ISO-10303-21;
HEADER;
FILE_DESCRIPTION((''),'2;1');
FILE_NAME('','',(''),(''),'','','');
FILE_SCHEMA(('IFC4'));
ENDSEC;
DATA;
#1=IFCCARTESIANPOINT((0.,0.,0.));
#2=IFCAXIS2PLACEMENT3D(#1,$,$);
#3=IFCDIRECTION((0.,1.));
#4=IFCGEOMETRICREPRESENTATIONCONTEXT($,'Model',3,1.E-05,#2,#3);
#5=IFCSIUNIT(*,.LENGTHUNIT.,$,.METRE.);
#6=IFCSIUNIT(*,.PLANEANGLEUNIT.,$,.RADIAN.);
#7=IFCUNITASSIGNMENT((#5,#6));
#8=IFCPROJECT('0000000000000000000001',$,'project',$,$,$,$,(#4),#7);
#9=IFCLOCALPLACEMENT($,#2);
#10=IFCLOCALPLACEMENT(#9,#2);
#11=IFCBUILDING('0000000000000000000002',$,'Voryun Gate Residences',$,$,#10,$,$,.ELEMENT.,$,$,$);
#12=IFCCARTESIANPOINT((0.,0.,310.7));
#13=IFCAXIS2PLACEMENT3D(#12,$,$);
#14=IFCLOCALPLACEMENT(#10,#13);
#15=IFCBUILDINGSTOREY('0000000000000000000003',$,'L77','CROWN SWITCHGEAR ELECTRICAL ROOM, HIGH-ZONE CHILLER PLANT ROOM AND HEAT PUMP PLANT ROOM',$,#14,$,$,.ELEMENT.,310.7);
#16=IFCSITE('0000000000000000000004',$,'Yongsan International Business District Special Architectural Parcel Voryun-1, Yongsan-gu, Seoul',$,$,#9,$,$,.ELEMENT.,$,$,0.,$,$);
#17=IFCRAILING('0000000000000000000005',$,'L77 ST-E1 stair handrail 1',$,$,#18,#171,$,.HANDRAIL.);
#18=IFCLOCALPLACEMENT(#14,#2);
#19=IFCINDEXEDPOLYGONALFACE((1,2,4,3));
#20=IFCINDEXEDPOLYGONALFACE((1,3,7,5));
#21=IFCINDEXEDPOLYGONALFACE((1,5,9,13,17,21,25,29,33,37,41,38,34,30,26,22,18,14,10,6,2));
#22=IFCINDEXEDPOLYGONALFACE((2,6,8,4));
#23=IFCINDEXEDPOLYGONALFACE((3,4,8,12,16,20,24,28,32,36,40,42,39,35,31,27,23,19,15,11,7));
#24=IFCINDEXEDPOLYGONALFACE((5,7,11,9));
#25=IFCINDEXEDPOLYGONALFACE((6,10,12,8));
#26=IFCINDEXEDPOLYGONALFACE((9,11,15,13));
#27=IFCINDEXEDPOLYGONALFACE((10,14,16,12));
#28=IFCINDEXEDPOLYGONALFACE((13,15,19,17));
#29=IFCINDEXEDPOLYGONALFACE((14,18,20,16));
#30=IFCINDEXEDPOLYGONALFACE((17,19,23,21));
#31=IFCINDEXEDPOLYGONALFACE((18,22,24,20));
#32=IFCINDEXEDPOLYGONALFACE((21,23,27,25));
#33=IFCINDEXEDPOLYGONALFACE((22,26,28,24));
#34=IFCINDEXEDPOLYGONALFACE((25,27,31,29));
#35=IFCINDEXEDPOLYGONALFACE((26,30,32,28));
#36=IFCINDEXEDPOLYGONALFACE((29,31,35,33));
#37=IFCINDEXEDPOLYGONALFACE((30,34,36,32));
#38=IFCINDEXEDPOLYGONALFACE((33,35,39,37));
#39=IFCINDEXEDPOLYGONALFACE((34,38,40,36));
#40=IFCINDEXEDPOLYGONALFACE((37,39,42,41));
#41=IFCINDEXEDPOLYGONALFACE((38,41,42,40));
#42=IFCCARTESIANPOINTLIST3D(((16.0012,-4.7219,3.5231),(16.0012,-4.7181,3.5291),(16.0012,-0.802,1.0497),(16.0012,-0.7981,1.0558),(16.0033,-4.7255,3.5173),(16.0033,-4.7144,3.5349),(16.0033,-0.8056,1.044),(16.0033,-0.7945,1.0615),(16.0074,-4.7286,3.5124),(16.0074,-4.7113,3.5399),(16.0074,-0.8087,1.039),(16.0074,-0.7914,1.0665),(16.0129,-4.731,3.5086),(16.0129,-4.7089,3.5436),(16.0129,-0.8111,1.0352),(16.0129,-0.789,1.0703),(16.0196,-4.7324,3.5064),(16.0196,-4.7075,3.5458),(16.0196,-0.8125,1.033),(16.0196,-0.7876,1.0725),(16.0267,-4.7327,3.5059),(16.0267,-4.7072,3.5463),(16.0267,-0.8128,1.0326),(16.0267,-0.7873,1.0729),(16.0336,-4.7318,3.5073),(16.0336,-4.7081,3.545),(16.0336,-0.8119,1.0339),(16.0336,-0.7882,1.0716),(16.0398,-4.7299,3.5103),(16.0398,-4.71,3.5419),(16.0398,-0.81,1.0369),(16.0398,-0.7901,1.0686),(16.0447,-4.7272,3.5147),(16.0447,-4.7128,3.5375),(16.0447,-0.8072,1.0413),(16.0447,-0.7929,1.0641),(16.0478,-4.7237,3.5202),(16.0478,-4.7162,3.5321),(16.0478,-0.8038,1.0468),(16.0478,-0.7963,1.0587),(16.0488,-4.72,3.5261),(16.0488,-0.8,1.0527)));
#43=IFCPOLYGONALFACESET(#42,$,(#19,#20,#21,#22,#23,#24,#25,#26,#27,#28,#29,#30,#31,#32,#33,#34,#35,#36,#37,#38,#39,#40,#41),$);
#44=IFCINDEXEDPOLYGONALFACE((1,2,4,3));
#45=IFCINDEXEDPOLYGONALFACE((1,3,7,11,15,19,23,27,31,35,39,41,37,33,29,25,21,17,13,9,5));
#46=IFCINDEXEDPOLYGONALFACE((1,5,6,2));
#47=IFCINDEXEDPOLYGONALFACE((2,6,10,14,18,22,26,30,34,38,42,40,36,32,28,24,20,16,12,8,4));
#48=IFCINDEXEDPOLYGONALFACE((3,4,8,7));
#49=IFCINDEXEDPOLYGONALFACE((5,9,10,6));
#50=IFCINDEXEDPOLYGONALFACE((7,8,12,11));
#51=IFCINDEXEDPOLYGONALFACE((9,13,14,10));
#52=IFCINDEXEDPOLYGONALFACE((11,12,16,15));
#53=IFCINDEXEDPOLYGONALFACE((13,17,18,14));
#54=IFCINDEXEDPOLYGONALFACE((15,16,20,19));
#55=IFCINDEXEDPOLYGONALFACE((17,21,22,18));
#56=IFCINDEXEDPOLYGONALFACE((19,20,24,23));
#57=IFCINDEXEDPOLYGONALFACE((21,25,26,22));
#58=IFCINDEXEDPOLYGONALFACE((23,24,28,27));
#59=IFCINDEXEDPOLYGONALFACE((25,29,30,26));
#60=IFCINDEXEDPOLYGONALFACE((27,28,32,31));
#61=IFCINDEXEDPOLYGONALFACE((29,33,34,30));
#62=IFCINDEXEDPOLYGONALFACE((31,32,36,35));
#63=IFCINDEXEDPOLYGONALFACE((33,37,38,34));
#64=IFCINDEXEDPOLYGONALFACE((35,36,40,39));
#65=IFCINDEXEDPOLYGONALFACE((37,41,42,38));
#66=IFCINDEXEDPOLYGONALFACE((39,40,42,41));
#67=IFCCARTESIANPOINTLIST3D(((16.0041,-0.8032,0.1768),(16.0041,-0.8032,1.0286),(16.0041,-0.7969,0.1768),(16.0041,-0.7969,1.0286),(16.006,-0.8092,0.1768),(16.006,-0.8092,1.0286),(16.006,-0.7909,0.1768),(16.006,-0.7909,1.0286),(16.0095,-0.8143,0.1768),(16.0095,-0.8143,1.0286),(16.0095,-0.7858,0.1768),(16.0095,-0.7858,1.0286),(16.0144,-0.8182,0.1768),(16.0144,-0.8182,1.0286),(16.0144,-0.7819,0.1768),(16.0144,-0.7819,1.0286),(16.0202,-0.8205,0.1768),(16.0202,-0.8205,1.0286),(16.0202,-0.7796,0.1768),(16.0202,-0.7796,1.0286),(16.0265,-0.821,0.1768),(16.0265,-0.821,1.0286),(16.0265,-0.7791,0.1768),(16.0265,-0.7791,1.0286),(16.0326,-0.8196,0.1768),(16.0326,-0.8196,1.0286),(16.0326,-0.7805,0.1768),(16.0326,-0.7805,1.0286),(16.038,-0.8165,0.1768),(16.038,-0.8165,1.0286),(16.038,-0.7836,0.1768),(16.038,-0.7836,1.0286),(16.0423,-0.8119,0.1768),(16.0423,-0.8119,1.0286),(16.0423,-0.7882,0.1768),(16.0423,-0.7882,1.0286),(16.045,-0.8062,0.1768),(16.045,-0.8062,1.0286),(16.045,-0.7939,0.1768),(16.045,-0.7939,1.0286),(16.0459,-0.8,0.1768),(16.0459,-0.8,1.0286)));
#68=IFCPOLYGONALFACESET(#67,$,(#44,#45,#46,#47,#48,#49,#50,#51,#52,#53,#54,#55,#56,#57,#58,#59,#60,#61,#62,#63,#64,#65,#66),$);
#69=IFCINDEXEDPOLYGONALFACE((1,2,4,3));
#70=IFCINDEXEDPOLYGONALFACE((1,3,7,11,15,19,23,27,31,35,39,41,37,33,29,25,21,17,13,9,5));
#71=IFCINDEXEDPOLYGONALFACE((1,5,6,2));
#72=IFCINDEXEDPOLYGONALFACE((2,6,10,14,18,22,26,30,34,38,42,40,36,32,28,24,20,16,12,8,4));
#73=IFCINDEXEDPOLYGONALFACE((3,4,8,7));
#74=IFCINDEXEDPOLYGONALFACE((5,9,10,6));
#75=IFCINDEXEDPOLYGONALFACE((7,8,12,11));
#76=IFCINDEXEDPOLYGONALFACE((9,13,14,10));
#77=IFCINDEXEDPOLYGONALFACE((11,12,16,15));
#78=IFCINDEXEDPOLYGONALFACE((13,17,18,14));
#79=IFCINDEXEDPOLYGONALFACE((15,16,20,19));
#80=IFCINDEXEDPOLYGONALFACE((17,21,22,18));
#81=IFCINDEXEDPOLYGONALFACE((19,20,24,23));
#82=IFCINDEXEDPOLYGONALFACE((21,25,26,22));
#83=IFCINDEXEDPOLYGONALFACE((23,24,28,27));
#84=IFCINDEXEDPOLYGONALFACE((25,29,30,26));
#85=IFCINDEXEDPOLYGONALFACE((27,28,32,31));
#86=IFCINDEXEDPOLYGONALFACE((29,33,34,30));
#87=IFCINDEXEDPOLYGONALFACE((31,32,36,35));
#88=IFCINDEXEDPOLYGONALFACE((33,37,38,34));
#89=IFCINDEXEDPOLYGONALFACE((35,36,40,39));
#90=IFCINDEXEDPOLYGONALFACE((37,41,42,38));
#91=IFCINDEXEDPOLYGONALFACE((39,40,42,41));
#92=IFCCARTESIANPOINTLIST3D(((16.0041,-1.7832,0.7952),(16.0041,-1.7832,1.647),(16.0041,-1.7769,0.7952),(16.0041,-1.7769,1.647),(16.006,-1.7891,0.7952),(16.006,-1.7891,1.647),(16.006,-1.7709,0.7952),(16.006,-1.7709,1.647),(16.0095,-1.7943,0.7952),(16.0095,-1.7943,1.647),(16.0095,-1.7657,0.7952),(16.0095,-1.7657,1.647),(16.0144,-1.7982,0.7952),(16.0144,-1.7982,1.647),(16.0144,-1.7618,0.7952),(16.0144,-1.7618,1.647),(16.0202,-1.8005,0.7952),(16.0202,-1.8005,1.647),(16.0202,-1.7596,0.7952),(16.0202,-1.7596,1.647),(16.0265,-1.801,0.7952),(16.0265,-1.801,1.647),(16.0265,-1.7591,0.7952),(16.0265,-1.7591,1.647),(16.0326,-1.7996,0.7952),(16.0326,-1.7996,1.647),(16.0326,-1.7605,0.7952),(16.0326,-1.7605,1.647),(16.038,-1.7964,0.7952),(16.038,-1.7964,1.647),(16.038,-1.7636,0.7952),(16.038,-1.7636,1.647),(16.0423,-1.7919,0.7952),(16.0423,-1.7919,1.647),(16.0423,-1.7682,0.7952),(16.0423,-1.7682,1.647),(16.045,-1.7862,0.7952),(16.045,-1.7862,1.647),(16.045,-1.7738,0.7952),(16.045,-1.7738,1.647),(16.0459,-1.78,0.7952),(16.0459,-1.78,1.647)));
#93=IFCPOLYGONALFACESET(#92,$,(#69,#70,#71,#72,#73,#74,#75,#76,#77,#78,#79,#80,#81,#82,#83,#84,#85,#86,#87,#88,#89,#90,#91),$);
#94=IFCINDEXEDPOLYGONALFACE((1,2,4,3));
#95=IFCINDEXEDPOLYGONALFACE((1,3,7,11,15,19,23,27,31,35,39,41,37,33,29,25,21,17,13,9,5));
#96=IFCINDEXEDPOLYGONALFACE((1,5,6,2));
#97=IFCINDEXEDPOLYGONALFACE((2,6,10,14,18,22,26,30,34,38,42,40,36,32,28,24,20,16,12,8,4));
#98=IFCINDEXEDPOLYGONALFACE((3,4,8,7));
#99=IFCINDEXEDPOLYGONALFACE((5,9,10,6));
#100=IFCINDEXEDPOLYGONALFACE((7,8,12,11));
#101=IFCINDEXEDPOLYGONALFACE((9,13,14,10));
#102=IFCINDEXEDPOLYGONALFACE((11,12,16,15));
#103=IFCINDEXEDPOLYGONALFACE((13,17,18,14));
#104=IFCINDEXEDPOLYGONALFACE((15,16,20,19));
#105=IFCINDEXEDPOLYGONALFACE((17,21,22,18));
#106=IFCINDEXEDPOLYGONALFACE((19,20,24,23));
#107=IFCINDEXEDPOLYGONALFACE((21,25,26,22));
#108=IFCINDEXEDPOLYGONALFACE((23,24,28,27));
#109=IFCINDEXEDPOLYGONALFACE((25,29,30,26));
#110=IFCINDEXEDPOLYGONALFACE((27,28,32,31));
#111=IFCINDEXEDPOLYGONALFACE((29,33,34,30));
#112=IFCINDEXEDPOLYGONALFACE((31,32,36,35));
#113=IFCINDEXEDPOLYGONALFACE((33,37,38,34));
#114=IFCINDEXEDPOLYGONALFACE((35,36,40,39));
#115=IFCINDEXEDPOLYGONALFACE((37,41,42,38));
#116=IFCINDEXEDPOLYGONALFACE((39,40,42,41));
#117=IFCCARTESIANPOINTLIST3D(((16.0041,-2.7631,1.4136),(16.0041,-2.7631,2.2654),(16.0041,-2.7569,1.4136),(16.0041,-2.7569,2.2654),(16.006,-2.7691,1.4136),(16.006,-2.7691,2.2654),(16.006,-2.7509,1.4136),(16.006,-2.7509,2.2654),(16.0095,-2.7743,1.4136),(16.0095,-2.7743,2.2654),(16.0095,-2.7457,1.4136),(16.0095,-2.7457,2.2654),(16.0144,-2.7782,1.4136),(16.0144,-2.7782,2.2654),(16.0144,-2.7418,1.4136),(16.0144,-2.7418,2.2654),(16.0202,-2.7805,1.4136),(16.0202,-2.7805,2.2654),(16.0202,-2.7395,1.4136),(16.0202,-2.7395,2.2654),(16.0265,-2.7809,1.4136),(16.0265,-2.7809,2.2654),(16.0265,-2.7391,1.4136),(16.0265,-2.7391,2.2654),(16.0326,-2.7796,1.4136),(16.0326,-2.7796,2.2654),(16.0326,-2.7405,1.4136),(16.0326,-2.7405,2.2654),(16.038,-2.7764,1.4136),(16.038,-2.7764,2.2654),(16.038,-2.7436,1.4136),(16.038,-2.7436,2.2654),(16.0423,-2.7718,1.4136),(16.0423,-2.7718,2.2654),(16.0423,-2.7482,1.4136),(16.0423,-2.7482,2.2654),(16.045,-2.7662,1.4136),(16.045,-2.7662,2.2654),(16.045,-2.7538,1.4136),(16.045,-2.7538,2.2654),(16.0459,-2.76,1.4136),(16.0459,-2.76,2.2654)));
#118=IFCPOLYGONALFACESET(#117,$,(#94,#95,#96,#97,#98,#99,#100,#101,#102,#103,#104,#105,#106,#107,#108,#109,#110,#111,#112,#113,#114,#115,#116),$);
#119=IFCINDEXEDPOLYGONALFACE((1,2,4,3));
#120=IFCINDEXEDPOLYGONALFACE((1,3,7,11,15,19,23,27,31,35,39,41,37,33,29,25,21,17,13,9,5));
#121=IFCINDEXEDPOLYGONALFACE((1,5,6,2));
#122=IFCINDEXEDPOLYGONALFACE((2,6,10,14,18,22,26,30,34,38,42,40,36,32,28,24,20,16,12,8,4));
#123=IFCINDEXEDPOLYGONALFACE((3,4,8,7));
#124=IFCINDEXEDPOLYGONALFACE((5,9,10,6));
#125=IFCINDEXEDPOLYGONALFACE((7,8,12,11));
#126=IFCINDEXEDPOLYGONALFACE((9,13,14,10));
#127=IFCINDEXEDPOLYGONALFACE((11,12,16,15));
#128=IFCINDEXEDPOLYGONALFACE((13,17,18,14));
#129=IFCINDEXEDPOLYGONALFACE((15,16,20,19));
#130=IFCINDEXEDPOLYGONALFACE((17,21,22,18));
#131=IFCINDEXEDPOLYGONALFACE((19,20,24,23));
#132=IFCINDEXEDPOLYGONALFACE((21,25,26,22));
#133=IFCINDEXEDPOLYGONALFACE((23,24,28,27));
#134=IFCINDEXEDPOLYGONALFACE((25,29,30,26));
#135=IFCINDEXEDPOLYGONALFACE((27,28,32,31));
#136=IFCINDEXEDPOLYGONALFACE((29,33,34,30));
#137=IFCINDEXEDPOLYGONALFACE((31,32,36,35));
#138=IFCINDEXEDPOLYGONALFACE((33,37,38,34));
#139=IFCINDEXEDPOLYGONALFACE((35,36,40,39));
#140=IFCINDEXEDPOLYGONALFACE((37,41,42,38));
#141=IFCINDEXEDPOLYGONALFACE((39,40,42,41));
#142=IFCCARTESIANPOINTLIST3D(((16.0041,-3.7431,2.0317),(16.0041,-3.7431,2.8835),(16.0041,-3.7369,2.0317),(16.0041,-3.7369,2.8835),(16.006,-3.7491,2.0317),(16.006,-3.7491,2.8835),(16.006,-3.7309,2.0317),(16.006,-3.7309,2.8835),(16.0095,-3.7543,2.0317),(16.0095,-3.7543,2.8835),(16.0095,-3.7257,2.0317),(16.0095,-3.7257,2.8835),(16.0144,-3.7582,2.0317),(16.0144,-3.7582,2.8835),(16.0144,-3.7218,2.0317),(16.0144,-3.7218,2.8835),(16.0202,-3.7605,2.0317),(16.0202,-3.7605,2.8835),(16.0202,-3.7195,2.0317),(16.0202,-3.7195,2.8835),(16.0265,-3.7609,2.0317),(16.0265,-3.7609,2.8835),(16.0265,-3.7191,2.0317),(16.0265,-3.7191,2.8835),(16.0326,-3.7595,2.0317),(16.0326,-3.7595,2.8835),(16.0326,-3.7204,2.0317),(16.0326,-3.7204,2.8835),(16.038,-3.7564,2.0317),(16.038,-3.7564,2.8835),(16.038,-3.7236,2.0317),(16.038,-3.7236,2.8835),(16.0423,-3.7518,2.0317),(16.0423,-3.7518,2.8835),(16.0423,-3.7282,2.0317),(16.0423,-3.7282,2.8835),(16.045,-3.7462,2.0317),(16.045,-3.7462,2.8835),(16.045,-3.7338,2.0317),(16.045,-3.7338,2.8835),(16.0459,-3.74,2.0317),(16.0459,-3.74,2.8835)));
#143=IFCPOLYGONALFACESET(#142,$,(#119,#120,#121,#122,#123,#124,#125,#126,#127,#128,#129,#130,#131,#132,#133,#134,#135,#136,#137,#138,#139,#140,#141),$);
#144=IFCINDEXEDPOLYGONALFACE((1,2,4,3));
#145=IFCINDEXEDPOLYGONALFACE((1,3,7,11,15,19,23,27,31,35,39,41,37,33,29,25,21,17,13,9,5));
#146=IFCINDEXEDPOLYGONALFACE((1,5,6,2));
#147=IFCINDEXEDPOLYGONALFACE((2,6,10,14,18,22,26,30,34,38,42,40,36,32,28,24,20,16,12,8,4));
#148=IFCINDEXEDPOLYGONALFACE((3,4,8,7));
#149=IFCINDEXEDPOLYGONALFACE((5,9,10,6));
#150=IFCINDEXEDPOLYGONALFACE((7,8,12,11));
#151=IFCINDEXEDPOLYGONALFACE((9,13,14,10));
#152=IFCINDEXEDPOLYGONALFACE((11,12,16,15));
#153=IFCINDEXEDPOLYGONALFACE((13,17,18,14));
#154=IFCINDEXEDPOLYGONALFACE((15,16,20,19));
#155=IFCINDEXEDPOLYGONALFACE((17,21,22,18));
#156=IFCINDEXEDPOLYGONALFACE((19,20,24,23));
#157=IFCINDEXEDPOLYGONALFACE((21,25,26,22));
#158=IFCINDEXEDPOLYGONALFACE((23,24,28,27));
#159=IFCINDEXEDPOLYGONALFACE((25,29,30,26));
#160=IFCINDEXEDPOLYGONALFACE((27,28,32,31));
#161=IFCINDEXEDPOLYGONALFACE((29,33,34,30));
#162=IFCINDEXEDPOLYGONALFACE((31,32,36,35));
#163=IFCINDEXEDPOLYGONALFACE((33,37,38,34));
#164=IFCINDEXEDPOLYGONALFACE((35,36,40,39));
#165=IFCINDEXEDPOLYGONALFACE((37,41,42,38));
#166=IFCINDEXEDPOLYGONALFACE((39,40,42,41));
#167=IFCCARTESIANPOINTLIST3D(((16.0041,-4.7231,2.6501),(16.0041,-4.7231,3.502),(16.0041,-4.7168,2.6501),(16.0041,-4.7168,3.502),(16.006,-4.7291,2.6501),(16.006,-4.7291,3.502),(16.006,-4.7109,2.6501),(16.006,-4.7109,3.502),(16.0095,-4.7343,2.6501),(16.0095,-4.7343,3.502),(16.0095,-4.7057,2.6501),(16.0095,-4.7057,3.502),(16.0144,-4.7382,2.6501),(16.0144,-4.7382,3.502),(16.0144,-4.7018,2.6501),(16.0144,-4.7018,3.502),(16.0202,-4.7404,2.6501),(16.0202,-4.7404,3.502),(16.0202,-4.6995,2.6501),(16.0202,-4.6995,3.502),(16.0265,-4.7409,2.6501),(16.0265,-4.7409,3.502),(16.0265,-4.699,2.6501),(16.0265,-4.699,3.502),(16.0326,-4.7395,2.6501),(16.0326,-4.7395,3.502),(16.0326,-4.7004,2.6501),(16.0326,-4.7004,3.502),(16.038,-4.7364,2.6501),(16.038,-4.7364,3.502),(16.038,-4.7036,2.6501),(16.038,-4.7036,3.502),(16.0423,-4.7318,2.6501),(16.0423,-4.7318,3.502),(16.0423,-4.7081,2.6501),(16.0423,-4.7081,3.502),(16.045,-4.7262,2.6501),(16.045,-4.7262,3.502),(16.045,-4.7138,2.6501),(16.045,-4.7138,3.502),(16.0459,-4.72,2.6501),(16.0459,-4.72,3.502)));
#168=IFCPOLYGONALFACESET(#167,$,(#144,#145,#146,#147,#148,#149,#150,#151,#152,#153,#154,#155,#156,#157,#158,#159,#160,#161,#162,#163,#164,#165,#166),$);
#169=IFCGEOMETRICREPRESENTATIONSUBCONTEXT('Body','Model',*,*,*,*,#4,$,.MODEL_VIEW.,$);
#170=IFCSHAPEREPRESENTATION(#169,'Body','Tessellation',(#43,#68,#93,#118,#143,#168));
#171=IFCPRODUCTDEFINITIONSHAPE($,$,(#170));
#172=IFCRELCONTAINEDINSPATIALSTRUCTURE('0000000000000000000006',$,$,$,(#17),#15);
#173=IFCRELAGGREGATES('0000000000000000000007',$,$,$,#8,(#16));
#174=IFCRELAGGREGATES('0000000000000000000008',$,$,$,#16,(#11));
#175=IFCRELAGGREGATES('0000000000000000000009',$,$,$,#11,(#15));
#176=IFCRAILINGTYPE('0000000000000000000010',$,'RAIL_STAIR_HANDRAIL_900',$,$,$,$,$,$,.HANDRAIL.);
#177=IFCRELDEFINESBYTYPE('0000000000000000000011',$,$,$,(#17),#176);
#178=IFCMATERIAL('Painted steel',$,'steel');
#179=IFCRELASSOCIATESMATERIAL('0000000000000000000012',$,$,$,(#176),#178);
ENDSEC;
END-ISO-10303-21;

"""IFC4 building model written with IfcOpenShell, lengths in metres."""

from ifc_helpers import new_model, si_unit, direction, frame, origin, origin_2d, place, context, subcontext, project, spatial, circle, extrude, material, type_object, element, save


model = new_model("IFC4")

# Units and contexts
model_context = context("Model", 3, precision=1e-05, world=origin(), true_north=direction((0.0, 1.0)))
body_context = subcontext(model_context, "Body", "Model", "MODEL_VIEW")
ifc_project = project(units=[si_unit("LENGTHUNIT", "METRE"), si_unit("PLANEANGLEUNIT", "RADIAN")], contexts=[model_context])

# Site, building, storey
site_placement = place(None, origin())
site = spatial("IfcSite", under=ifc_project, at=site_placement, Name="Yongsan International Business District Special Architectural Parcel Voryun-1, Yongsan-gu, Seoul", CompositionType="ELEMENT", RefElevation=0.0)
building_placement = place(site_placement, origin())
building = spatial("IfcBuilding", under=site, at=building_placement, Name="Voryun Gate Residences", CompositionType="ELEMENT")
storey_placement = place(building_placement, frame((0.0, 0.0, 310.7)))
storey = spatial("IfcBuildingStorey", under=building, at=storey_placement, Name="L77", Description="CROWN SWITCHGEAR ELECTRICAL ROOM, HIGH-ZONE CHILLER PLANT ROOM AND HEAT PUMP PLANT ROOM", CompositionType="ELEMENT", Elevation=310.7)

# Railing
ifc_material_1 = material(Name="Painted steel", Category="steel")
railing_type_1 = type_object("IfcRailingType", Name="RAIL_STAIR_HANDRAIL_900", PredefinedType="HANDRAIL", material=ifc_material_1)
railing_1_placement = place(storey_placement, frame((16.0249, -0.8, 0.1768)))
element("IfcRailing", 1, at=railing_1_placement, inside=storey, type_object=railing_type_1, Name="L77 ST-E1 stair handrail 1", PredefinedType="HANDRAIL", context=body_context, shape_type="SweptSolid", body=[
    extrude(circle(Radius=0.0239, at=origin_2d()), frame((0.0, 0.0, 0.876), z_axis=(0.0, -0.845718, 0.53363), x_axis=(1.0, 0.0, 0.0)), (0.0, 0.0, 1.0), 4.635),
    extrude(circle(Radius=0.021, at=origin_2d()), origin(), (0.0, 0.0, 1.0), 0.8518),
    extrude(circle(Radius=0.021, at=origin_2d()), frame((0.0, -0.98, 0.6184)), (0.0, 0.0, 1.0), 0.8518),
    extrude(circle(Radius=0.021, at=origin_2d()), frame((0.0, -1.96, 1.2368)), (0.0, 0.0, 1.0), 0.8518),
    extrude(circle(Radius=0.021, at=origin_2d()), frame((0.0, -2.9399, 1.855)), (0.0, 0.0, 1.0), 0.8518),
    extrude(circle(Radius=0.021, at=origin_2d()), frame((0.0, -3.9199, 2.4734)), (0.0, 0.0, 1.0), 0.8518),
])

save(model, "model.ifc")
